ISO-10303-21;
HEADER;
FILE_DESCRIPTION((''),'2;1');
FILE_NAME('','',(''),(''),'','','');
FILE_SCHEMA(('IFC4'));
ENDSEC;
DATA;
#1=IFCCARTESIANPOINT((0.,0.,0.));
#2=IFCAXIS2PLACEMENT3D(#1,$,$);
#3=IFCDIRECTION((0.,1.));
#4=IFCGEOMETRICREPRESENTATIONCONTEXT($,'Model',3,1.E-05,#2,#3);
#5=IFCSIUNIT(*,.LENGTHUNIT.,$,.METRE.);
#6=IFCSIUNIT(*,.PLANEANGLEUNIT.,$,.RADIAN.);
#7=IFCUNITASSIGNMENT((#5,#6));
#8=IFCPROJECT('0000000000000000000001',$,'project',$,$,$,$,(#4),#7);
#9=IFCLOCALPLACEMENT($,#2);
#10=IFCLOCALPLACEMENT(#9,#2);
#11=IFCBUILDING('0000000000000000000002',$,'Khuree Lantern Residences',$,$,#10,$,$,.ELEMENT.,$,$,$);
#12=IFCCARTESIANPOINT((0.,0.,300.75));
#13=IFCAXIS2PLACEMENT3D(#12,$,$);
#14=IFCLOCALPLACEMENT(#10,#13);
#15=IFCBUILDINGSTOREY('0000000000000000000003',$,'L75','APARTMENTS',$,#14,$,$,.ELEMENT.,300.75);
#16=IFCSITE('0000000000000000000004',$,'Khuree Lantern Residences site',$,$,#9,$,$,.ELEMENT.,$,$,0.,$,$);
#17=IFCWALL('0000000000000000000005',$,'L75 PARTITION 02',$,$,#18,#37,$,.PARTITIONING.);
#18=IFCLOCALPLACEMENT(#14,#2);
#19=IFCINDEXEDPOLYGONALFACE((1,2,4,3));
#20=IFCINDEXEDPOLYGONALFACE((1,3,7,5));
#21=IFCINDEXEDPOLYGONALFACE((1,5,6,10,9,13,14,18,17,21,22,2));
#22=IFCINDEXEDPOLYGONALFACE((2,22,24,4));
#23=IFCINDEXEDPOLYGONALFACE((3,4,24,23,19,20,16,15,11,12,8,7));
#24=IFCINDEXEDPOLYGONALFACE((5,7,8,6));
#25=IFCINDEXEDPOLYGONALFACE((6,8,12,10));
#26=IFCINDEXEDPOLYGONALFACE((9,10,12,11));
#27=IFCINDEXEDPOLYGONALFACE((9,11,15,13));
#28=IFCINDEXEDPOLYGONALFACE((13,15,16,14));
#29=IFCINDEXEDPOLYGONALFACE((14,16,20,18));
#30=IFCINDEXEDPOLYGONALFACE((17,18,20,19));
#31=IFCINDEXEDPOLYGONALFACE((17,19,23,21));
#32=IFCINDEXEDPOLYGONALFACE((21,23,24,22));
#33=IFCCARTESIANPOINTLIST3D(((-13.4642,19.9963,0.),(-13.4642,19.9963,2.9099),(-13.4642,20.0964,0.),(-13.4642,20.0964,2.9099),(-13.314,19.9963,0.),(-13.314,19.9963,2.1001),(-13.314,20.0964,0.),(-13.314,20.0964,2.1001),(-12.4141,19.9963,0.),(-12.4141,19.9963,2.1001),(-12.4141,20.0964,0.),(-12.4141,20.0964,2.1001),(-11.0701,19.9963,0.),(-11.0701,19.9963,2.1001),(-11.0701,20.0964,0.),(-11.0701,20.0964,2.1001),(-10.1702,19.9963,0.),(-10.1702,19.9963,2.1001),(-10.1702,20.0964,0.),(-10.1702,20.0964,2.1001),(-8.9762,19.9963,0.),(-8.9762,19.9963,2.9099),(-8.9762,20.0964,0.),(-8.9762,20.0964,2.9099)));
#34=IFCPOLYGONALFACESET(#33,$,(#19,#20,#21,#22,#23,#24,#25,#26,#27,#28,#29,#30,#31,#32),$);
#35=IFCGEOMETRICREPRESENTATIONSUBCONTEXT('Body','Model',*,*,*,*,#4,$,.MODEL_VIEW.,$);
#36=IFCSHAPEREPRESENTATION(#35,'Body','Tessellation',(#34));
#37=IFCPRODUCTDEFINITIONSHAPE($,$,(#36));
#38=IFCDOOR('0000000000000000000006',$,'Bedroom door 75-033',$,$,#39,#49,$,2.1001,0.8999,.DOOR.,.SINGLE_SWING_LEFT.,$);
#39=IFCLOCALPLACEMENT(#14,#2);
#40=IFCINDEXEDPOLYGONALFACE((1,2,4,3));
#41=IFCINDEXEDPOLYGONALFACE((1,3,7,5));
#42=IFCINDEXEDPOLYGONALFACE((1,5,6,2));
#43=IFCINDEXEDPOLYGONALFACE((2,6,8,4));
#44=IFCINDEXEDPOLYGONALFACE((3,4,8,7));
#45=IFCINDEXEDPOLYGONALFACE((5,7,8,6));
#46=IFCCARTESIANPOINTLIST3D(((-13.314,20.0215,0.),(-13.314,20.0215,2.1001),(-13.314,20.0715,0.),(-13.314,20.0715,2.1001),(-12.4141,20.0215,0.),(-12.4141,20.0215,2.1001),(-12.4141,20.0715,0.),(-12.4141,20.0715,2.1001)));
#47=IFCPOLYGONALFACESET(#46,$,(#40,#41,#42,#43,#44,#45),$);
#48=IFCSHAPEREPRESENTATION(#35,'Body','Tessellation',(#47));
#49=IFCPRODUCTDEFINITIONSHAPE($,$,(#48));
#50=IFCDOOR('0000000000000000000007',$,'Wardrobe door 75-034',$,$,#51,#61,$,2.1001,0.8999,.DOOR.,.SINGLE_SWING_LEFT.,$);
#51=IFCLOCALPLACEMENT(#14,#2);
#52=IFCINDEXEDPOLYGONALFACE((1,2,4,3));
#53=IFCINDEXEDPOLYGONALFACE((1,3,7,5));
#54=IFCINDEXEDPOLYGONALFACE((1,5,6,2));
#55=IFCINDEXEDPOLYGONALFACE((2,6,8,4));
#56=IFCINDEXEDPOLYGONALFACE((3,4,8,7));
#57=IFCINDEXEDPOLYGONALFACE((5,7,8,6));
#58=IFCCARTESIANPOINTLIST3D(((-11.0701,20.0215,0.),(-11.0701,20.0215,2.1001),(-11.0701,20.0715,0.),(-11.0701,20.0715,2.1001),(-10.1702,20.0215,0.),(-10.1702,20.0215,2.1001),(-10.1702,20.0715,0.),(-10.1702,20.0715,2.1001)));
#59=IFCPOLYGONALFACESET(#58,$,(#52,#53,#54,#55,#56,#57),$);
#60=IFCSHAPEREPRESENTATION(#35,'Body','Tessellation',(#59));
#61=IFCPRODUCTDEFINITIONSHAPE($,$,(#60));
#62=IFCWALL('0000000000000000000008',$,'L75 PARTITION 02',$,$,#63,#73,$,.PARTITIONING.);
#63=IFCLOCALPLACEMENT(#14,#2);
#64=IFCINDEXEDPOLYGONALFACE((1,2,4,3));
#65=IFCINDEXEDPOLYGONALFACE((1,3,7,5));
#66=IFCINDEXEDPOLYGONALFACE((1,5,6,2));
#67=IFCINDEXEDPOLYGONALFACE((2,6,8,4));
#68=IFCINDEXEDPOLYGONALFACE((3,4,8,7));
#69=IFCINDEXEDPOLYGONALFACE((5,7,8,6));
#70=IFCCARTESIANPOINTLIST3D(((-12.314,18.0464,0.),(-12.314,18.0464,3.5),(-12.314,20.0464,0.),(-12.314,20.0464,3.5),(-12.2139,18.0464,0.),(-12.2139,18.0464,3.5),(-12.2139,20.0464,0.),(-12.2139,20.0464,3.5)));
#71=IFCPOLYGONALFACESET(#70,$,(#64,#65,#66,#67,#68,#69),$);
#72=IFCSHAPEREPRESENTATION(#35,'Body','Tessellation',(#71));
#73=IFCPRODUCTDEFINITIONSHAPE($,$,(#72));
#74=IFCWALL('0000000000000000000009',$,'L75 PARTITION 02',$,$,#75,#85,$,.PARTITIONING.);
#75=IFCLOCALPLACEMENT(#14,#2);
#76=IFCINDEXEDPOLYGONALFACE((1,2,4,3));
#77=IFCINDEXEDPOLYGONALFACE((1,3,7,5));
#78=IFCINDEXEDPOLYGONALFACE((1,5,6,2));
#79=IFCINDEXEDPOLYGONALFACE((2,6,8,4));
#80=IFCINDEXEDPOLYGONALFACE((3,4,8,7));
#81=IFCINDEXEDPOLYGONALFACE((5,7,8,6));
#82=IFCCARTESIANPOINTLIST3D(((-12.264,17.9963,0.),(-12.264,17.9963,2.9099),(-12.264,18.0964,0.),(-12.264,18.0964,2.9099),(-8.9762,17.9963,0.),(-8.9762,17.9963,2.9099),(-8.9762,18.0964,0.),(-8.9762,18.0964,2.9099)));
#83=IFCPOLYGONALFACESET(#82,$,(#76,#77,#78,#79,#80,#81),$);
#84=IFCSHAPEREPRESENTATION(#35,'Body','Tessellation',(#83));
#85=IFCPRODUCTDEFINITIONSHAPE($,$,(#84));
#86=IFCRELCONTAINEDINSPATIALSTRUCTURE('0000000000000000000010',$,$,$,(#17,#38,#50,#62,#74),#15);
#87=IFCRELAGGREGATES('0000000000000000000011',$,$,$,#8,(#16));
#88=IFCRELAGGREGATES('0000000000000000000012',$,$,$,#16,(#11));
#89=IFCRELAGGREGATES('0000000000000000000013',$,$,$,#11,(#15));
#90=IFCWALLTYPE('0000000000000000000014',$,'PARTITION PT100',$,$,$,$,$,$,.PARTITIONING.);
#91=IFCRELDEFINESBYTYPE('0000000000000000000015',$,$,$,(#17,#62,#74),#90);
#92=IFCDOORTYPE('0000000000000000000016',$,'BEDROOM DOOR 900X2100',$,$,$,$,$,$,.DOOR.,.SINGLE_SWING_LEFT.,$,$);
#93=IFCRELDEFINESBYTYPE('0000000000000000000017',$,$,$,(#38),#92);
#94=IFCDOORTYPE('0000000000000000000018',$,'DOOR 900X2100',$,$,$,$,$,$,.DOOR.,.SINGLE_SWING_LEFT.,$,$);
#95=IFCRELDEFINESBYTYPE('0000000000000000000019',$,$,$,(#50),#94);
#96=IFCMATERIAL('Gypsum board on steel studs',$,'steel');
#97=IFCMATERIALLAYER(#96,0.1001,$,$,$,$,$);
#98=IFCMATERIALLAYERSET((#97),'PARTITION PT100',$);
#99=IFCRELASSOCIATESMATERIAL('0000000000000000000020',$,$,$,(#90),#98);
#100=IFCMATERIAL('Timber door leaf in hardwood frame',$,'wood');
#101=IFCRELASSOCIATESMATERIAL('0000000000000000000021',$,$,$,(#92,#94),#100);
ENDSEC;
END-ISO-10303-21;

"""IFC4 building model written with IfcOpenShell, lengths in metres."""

from ifc_helpers import new_model, si_unit, direction, frame, frame_2d, origin, place, context, subcontext, project, spatial, rectangle, extrude, material, layer, layer_set, type_object, element, fill, save


model = new_model("IFC4")

# Units and contexts
model_context = context("Model", 3, precision=1e-05, world=origin(), true_north=direction((0.0, 1.0)))
body_context = subcontext(model_context, "Body", "Model", "MODEL_VIEW")
ifc_project = project(units=[si_unit("LENGTHUNIT", "METRE"), si_unit("PLANEANGLEUNIT", "RADIAN")], contexts=[model_context])

# Site, building, storey
site_placement = place(None, origin())
site = spatial("IfcSite", under=ifc_project, at=site_placement, Name="Khuree Lantern Residences site", CompositionType="ELEMENT", RefElevation=0.0)
building_placement = place(site_placement, origin())
building = spatial("IfcBuilding", under=site, at=building_placement, Name="Khuree Lantern Residences", CompositionType="ELEMENT")
storey_placement = place(building_placement, frame((0.0, 0.0, 300.75)))
storey = spatial("IfcBuildingStorey", under=building, at=storey_placement, Name="L75", Description="APARTMENTS", CompositionType="ELEMENT", Elevation=300.75)

# Shared definitions
ifc_material_1 = material(Name="Timber door leaf in hardwood frame", Category="wood")

# Shared definitions
ifc_material_2 = material(Name="Gypsum board on steel studs", Category="steel")
ifc_layer_1 = layer(ifc_material_2, 0.1001)
ifc_layer_set_1 = layer_set([ifc_layer_1], Name="PARTITION PT100")
wall_type_1 = type_object("IfcWallType", Name="PARTITION PT100", PredefinedType="PARTITIONING", material=ifc_layer_set_1)

# Shared definitions
door_type_1 = type_object("IfcDoorType", Name="BEDROOM DOOR 900X2100", OperationType="SINGLE_SWING_LEFT", PredefinedType="DOOR", material=ifc_material_1)

# Wall, openings, doors
wall_1_placement = place(storey_placement, frame((-8.9761, 20.0464, 0.0), z_axis=(0.0, 0.0, 1.0), x_axis=(-1.0, 0.0, 0.0)))
wall_1 = element("IfcWall", 1, at=wall_1_placement, inside=storey, type_object=wall_type_1, Name="L75 PARTITION 02", PredefinedType="PARTITIONING", context=body_context, shape_type="SweptSolid", body=[
    extrude(rectangle(XDim=4.488, YDim=0.1001, at=frame_2d((2.2441, 0.0))), origin(), (0.0, 0.0, 1.0), 2.9099),
])
opening_1_placement = place(wall_1_placement, frame((3.438, 0.0, 0.0)))
opening_1 = element("IfcOpeningElement", 2, at=opening_1_placement, cuts=wall_1, PredefinedType="OPENING", context=body_context, shape_type="SweptSolid", body=[
    extrude(rectangle(XDim=0.8999, YDim=2.1001, at=frame_2d((0.45, 1.05))), frame((0.0, 0.0601, 0.0), z_axis=(0.0, -1.0, 0.0), x_axis=(1.0, 0.0, 0.0)), (0.0, 0.0, 1.0), 0.1201),
])
opening_2_placement = place(wall_1_placement, frame((1.1941, 0.0, 0.0)))
opening_2 = element("IfcOpeningElement", 3, at=opening_2_placement, cuts=wall_1, PredefinedType="OPENING", context=body_context, shape_type="SweptSolid", body=[
    extrude(rectangle(XDim=0.8999, YDim=2.1001, at=frame_2d((0.45, 1.05))), frame((0.0, 0.0601, 0.0), z_axis=(0.0, -1.0, 0.0), x_axis=(1.0, 0.0, 0.0)), (0.0, 0.0, 1.0), 0.1201),
])
door_1_placement = place(opening_1_placement, origin())
door_1 = element("IfcDoor", 4, at=door_1_placement, inside=storey, type_object=door_type_1, Name="Bedroom door 75-033", OperationType="SINGLE_SWING_LEFT", OverallHeight=2.1001, OverallWidth=0.8999, PredefinedType="DOOR", context=body_context, shape_type="SweptSolid", body=[
    extrude(rectangle(XDim=0.8999, YDim=2.1001, at=frame_2d((0.45, 1.05))), frame((0.0, 0.0249, 0.0), z_axis=(0.0, -1.0, 0.0), x_axis=(1.0, 0.0, 0.0)), (0.0, 0.0, 1.0), 0.05),
])
fill(opening_1, door_1)
door_type_2 = type_object("IfcDoorType", Name="DOOR 900X2100", OperationType="SINGLE_SWING_LEFT", PredefinedType="DOOR", material=ifc_material_1)
door_2_placement = place(opening_2_placement, origin())
door_2 = element("IfcDoor", 5, at=door_2_placement, inside=storey, type_object=door_type_2, Name="Wardrobe door 75-034", OperationType="SINGLE_SWING_LEFT", OverallHeight=2.1001, OverallWidth=0.8999, PredefinedType="DOOR", context=body_context, shape_type="SweptSolid", body=[
    extrude(rectangle(XDim=0.8999, YDim=2.1001, at=frame_2d((0.45, 1.05))), frame((0.0, 0.0249, 0.0), z_axis=(0.0, -1.0, 0.0), x_axis=(1.0, 0.0, 0.0)), (0.0, 0.0, 1.0), 0.05),
])
fill(opening_2, door_2)

# Walls
wall_2_placement = place(storey_placement, frame((-12.2639, 18.0464, 0.0), z_axis=(0.0, 0.0, 1.0), x_axis=(0.0, 1.0, 0.0)))
element("IfcWall", 6, at=wall_2_placement, inside=storey, type_object=wall_type_1, Name="L75 PARTITION 02", PredefinedType="PARTITIONING", context=body_context, shape_type="SweptSolid", body=[
    extrude(rectangle(XDim=2.0, YDim=0.1001, at=frame_2d((1.0, 0.0))), origin(), (0.0, 0.0, 1.0), 3.5),
])
wall_3_placement = place(storey_placement, frame((-8.9761, 18.0464, 0.0), z_axis=(0.0, 0.0, 1.0), x_axis=(-1.0, 0.0, 0.0)))
element("IfcWall", 7, at=wall_3_placement, inside=storey, type_object=wall_type_1, Name="L75 PARTITION 02", PredefinedType="PARTITIONING", context=body_context, shape_type="SweptSolid", body=[
    extrude(rectangle(XDim=3.2878, YDim=0.1001, at=frame_2d((1.644, 0.0))), origin(), (0.0, 0.0, 1.0), 2.9099),
])

save(model, "model.ifc")
